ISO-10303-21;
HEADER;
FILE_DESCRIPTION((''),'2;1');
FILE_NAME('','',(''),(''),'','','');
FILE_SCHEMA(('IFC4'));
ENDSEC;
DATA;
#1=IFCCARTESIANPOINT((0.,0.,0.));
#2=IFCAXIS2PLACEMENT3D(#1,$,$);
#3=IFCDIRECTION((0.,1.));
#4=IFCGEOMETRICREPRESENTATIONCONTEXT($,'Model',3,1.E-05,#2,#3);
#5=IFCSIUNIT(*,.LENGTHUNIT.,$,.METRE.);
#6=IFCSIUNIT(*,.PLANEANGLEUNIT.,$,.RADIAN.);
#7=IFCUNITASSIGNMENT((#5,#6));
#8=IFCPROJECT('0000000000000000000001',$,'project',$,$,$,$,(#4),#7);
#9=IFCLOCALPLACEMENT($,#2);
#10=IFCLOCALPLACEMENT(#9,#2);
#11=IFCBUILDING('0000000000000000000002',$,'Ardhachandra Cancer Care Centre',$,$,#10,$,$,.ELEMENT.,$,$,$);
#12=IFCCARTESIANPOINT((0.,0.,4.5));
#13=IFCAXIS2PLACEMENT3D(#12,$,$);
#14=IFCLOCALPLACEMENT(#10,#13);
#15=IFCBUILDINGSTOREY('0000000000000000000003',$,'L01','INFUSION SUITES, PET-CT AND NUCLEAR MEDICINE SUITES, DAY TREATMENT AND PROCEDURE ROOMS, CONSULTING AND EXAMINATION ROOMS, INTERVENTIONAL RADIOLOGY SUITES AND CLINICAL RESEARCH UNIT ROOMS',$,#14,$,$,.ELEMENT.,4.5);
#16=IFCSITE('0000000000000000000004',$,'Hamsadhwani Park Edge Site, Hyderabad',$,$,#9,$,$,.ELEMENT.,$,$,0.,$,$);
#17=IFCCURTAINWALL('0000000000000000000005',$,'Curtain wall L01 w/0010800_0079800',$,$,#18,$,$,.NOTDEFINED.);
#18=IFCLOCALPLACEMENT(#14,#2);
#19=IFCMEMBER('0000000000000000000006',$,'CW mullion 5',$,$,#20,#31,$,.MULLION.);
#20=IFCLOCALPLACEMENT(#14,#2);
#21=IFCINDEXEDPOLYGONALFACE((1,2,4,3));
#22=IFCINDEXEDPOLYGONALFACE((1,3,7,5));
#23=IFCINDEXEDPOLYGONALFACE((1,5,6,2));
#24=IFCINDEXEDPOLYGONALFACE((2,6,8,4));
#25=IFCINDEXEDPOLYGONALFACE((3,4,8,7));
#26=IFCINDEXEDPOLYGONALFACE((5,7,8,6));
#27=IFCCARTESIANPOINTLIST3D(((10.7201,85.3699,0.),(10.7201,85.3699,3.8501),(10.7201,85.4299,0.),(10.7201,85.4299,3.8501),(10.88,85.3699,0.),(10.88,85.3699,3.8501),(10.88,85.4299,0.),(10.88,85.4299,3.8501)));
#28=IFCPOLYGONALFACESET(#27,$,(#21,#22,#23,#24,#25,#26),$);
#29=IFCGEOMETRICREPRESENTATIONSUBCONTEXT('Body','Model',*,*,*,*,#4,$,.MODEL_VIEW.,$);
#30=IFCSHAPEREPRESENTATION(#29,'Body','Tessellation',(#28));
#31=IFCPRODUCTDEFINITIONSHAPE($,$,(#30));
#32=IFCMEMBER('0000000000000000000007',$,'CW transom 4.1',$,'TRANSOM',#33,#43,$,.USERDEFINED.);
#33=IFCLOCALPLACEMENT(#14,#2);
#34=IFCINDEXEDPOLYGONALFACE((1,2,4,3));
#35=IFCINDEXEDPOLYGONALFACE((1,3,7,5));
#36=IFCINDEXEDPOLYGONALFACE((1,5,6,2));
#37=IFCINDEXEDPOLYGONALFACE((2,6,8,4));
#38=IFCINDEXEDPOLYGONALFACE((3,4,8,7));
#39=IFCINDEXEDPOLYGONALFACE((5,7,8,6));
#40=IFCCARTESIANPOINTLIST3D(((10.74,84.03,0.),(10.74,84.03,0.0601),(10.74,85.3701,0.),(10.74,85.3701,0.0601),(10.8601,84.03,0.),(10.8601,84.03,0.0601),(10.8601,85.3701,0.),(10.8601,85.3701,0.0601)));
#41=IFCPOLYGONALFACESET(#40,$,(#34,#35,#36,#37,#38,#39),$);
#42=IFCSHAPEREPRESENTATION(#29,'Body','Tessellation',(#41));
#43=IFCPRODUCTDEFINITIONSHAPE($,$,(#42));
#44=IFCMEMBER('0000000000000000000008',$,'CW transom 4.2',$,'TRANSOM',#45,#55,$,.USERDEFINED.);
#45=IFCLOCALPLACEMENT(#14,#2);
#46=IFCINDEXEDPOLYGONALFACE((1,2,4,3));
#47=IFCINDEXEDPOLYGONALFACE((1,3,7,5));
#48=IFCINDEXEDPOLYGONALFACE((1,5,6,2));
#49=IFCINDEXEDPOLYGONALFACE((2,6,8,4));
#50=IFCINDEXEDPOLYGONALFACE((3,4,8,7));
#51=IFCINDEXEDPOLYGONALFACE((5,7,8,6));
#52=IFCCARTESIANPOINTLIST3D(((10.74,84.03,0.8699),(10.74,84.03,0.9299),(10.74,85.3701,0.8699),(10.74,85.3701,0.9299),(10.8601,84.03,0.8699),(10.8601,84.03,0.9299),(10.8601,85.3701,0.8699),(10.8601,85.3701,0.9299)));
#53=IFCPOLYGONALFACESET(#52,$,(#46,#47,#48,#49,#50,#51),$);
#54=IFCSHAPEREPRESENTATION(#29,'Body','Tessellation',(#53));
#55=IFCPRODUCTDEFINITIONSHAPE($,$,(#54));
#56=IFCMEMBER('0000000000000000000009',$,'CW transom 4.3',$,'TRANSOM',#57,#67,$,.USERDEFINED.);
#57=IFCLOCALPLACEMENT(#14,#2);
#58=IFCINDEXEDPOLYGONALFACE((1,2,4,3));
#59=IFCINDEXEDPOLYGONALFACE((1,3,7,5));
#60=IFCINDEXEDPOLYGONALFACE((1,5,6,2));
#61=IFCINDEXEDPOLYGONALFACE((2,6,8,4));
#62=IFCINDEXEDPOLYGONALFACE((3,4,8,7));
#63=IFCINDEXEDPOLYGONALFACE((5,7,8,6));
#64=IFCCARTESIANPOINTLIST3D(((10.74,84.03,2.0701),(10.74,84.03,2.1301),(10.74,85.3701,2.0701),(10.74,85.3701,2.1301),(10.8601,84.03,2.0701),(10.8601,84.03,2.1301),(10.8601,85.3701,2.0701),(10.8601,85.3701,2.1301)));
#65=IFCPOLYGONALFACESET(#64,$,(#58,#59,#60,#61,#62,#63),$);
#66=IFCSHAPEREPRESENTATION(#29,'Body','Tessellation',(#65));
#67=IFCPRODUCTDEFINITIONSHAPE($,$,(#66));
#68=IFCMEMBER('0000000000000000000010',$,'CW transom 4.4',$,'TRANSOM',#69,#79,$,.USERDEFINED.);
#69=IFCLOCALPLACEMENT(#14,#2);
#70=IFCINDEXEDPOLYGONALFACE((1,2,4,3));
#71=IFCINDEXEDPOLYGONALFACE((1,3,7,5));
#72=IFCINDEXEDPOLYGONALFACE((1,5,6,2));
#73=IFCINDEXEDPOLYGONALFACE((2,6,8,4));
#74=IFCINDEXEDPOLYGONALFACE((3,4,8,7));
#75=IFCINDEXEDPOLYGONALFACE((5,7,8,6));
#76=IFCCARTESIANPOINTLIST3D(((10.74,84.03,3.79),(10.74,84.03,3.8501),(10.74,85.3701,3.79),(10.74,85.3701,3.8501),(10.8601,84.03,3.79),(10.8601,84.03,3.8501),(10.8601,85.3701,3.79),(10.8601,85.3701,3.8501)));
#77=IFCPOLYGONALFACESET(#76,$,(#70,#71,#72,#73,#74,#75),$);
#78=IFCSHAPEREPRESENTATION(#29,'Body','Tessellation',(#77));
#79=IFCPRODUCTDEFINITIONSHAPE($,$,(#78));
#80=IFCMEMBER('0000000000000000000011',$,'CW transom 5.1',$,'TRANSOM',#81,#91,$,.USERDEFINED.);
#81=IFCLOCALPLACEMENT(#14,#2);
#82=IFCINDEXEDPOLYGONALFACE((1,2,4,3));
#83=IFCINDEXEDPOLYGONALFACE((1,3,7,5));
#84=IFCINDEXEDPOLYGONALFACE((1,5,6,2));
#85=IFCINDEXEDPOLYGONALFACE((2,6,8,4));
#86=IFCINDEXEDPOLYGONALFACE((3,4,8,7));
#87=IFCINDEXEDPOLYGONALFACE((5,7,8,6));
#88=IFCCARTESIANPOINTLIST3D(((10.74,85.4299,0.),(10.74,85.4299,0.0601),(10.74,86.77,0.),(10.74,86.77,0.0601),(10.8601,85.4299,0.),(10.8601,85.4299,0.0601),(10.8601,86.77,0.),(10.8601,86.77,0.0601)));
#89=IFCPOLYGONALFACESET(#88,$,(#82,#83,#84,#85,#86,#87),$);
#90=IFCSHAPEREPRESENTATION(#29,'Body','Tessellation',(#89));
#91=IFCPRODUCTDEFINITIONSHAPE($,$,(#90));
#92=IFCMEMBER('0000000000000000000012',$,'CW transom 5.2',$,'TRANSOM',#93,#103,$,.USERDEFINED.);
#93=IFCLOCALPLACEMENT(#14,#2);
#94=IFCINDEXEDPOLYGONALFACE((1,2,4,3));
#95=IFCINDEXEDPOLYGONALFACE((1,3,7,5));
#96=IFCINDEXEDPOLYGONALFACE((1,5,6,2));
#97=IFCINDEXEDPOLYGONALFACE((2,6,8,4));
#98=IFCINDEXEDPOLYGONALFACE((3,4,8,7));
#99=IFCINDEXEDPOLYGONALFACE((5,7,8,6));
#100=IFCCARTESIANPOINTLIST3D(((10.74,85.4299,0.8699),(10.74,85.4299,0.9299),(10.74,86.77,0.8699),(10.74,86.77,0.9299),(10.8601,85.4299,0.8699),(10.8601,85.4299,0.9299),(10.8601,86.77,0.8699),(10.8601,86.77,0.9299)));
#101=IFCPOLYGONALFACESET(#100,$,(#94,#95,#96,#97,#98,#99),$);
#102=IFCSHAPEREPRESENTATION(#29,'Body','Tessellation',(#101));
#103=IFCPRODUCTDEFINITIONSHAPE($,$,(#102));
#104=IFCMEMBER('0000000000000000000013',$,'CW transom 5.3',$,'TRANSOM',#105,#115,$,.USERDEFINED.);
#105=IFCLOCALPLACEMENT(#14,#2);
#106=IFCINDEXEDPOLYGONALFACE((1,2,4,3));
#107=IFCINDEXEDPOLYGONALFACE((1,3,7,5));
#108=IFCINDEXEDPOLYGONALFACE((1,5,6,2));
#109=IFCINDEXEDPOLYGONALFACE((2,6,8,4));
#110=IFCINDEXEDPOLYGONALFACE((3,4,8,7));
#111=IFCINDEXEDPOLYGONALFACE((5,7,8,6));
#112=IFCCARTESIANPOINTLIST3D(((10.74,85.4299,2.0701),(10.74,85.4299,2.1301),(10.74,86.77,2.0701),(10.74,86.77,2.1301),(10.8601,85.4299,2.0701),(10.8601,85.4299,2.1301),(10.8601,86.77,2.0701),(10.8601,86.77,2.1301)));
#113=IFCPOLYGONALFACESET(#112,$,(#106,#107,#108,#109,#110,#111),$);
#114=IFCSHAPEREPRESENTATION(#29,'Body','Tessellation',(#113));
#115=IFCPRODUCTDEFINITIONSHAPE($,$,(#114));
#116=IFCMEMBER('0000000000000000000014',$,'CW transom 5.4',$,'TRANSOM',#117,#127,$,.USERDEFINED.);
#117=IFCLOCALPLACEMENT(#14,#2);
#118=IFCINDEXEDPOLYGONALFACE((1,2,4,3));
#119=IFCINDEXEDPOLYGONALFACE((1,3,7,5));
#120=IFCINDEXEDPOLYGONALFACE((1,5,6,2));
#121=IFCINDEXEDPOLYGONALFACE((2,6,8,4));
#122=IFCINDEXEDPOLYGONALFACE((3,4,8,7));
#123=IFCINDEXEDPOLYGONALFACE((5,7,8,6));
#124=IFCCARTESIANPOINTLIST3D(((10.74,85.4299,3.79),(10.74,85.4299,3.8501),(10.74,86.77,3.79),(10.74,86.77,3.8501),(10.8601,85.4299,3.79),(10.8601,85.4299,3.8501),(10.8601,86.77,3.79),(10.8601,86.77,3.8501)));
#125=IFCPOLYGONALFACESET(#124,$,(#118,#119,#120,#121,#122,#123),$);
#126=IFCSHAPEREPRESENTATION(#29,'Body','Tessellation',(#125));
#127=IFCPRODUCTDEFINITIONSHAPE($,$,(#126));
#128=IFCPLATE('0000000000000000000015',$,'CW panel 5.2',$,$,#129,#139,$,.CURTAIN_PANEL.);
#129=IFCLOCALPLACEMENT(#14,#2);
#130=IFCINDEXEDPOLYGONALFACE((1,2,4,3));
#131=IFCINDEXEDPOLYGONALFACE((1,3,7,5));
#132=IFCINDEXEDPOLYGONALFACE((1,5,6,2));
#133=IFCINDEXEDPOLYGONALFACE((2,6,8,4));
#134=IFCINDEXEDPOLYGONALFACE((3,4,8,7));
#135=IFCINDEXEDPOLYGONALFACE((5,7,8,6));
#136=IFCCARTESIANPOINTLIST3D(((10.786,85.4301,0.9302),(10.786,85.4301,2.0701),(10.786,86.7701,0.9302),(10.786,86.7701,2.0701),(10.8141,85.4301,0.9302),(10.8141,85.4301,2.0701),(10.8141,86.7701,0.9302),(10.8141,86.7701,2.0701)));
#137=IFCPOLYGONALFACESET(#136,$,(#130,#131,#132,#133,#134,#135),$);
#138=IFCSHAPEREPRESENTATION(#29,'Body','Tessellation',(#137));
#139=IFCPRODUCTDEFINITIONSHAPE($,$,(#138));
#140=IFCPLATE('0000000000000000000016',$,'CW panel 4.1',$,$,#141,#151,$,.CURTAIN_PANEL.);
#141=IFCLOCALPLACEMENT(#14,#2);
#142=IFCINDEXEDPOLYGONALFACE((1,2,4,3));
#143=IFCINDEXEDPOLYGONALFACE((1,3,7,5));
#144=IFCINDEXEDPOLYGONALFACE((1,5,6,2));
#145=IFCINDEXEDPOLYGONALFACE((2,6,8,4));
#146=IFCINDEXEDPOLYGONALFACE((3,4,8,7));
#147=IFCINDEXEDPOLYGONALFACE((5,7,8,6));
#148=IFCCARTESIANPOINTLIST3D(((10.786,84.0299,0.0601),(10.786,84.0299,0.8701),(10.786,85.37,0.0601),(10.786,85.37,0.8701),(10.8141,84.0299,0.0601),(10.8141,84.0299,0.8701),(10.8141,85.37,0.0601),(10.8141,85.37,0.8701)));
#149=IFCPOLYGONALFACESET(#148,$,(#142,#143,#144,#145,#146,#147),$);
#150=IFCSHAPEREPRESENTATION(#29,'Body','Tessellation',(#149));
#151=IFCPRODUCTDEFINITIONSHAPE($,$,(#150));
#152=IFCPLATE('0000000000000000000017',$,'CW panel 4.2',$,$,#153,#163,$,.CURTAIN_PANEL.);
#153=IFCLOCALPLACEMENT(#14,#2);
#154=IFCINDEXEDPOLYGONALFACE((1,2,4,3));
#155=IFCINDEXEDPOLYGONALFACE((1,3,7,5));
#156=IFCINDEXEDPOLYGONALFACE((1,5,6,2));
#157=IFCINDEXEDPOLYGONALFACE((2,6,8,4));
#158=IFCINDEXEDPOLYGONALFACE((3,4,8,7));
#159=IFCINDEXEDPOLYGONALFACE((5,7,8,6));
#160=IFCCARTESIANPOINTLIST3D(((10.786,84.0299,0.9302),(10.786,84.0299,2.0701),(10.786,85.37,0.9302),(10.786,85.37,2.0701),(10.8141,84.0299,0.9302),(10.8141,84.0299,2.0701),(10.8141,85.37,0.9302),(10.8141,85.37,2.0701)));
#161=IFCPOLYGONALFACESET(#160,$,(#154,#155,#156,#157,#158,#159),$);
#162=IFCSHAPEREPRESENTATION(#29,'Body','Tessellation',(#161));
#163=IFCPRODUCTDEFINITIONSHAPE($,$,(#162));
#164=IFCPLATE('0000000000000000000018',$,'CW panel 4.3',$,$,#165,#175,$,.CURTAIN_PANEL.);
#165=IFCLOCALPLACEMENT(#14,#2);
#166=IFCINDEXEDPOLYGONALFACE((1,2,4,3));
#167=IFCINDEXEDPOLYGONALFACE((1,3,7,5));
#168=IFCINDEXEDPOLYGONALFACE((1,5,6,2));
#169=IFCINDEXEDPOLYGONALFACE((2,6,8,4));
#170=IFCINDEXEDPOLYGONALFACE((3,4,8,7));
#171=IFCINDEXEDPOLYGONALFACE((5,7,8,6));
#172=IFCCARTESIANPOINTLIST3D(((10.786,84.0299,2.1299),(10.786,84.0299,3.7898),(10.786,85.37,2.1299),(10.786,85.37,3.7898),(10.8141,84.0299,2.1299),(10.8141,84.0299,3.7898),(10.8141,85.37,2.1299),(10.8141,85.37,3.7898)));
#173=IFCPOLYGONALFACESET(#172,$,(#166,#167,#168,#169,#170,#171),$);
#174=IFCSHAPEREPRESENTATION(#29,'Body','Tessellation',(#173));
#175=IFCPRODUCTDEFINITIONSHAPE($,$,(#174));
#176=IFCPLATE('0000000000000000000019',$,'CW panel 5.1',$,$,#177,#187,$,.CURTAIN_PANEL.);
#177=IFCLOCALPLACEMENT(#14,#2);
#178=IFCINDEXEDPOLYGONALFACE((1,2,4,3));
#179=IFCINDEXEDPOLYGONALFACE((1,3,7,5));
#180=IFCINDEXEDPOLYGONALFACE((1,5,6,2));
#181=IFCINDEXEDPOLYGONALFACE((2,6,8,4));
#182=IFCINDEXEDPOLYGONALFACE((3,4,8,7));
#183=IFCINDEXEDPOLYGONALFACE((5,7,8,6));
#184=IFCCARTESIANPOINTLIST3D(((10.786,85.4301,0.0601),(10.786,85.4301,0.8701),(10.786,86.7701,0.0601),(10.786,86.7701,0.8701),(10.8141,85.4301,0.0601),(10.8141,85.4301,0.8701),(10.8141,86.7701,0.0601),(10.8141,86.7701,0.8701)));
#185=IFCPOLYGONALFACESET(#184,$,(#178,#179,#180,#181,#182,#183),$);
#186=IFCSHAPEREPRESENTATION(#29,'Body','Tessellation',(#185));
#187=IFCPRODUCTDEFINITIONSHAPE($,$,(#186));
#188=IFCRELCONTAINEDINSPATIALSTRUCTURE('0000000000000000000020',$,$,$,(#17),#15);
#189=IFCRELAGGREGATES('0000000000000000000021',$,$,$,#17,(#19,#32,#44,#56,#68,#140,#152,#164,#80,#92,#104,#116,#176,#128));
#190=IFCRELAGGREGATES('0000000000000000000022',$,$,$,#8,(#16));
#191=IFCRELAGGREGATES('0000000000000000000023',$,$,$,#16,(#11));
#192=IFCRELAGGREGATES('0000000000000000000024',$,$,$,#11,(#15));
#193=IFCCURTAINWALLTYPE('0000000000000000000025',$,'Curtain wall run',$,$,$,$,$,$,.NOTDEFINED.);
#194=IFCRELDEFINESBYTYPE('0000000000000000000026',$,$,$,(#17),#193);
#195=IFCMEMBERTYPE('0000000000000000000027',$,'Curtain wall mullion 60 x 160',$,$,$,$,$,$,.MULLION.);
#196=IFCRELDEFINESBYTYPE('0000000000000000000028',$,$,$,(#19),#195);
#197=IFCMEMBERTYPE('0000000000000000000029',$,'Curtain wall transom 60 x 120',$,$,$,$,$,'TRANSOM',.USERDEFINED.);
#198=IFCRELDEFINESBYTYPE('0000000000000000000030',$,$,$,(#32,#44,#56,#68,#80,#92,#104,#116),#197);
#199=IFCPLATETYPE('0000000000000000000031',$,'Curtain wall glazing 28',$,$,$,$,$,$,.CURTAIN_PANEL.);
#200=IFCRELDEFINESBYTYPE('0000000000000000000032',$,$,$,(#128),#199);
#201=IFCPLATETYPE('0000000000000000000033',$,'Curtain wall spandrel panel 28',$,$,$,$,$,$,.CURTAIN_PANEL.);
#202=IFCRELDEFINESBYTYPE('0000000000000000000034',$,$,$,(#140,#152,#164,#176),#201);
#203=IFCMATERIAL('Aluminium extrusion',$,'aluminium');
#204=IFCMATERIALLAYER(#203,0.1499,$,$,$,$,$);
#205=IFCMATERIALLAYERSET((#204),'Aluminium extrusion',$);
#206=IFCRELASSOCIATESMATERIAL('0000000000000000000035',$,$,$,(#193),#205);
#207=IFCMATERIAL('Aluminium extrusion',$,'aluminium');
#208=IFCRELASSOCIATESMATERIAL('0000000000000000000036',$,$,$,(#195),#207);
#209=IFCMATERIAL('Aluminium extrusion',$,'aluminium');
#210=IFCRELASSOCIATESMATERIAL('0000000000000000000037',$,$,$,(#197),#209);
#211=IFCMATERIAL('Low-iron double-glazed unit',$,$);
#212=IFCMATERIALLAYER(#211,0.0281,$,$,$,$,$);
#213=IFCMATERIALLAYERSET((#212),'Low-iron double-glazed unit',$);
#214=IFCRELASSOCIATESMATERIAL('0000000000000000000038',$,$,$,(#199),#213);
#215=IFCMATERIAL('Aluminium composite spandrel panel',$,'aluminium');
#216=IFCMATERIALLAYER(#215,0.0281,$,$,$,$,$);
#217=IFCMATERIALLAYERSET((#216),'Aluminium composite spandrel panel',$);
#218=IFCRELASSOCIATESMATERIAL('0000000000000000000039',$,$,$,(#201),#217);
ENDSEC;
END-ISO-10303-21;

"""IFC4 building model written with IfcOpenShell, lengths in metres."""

from ifc_helpers import new_model, si_unit, direction, frame, origin, origin_2d, place, context, subcontext, project, spatial, rectangle, extrude, material, layer, layer_set, material_profile, profile_set, type_object, element, aggregate, save


model = new_model("IFC4")

# Units and contexts
model_context = context("Model", 3, precision=1e-05, world=origin(), true_north=direction((0.0, 1.0)))
body_context = subcontext(model_context, "Body", "Model", "MODEL_VIEW")
ifc_project = project(units=[si_unit("LENGTHUNIT", "METRE"), si_unit("PLANEANGLEUNIT", "RADIAN")], contexts=[model_context])

# Site, building, storey
site_placement = place(None, origin())
site = spatial("IfcSite", under=ifc_project, at=site_placement, Name="Hamsadhwani Park Edge Site, Hyderabad", CompositionType="ELEMENT", RefElevation=0.0)
building_placement = place(site_placement, origin())
building = spatial("IfcBuilding", under=site, at=building_placement, Name="Ardhachandra Cancer Care Centre", CompositionType="ELEMENT")
storey_placement = place(building_placement, frame((0.0, 0.0, 4.5)))
storey = spatial("IfcBuildingStorey", under=building, at=storey_placement, Name="L01", Description="INFUSION SUITES, PET-CT AND NUCLEAR MEDICINE SUITES, DAY TREATMENT AND PROCEDURE ROOMS, CONSULTING AND EXAMINATION ROOMS, INTERVENTIONAL RADIOLOGY SUITES AND CLINICAL RESEARCH UNIT ROOMS", CompositionType="ELEMENT", Elevation=4.5)

# Curtain wall, members, plates
ifc_material_1 = material(Name="Aluminium extrusion", Category="aluminium")
ifc_layer_1 = layer(ifc_material_1, 0.1499)
ifc_layer_set_1 = layer_set([ifc_layer_1], Name="Aluminium extrusion")
curtain_wall_type = type_object("IfcCurtainWallType", Name="Curtain wall run", PredefinedType="NOTDEFINED", material=ifc_layer_set_1)
curtain_wall_placement = place(storey_placement, origin())
curtain_wall = element("IfcCurtainWall", 1, at=curtain_wall_placement, inside=storey, type_object=curtain_wall_type, Name="Curtain wall L01 w/0010800_0079800", PredefinedType="NOTDEFINED")
ifc_material_2 = material(Name="Aluminium extrusion", Category="aluminium")
ifc_material_profile_1 = material_profile(ifc_material_2, rectangle(XDim=0.1599, YDim=0.0601, at=origin_2d()), Name="Curtain wall mullion 60 x 160")
ifc_profile_set_1 = profile_set([ifc_material_profile_1], Name="Aluminium extrusion")
member_type_1 = type_object("IfcMemberType", Name="Curtain wall mullion 60 x 160", PredefinedType="MULLION", material=ifc_profile_set_1)
member_1_placement = place(storey_placement, frame((10.8, 85.3999, 0.0), z_axis=(0.0, 0.0, 1.0), x_axis=(-1.0, 0.0, 0.0)))
member_1 = element("IfcMember", 2, at=member_1_placement, type_object=member_type_1, Name="CW mullion 5", PredefinedType="MULLION", context=body_context, shape_type="SweptSolid", body=[
    extrude(rectangle(XDim=0.1599, YDim=0.0601, at=origin_2d()), origin(), (0.0, 0.0, 1.0), 3.8501),
])
ifc_material_3 = material(Name="Aluminium extrusion", Category="aluminium")
ifc_material_profile_2 = material_profile(ifc_material_3, rectangle(XDim=0.1201, YDim=0.0601, at=origin_2d()), Name="Curtain wall transom 60 x 120")
ifc_profile_set_2 = profile_set([ifc_material_profile_2], Name="Aluminium extrusion")
member_type_2 = type_object("IfcMemberType", Name="Curtain wall transom 60 x 120", ElementType="TRANSOM", PredefinedType="USERDEFINED", material=ifc_profile_set_2)
member_2_placement = place(storey_placement, frame((10.8, 84.03, 0.03), z_axis=(0.0, 1.0, 0.0), x_axis=(-1.0, 0.0, 0.0)))
member_2 = element("IfcMember", 3, at=member_2_placement, type_object=member_type_2, Name="CW transom 4.1", ObjectType="TRANSOM", PredefinedType="USERDEFINED", context=body_context, shape_type="SweptSolid", body=[
    extrude(rectangle(XDim=0.1201, YDim=0.0601, at=origin_2d()), origin(), (0.0, 0.0, 1.0), 1.3401),
])
member_3_placement = place(storey_placement, frame((10.8, 84.03, 0.8999), z_axis=(0.0, 1.0, 0.0), x_axis=(-1.0, 0.0, 0.0)))
member_3 = element("IfcMember", 4, at=member_3_placement, type_object=member_type_2, Name="CW transom 4.2", ObjectType="TRANSOM", PredefinedType="USERDEFINED", context=body_context, shape_type="SweptSolid", body=[
    extrude(rectangle(XDim=0.1201, YDim=0.0601, at=origin_2d()), origin(), (0.0, 0.0, 1.0), 1.3401),
])
member_4_placement = place(storey_placement, frame((10.8, 84.03, 2.1001), z_axis=(0.0, 1.0, 0.0), x_axis=(-1.0, 0.0, 0.0)))
member_4 = element("IfcMember", 5, at=member_4_placement, type_object=member_type_2, Name="CW transom 4.3", ObjectType="TRANSOM", PredefinedType="USERDEFINED", context=body_context, shape_type="SweptSolid", body=[
    extrude(rectangle(XDim=0.1201, YDim=0.0601, at=origin_2d()), origin(), (0.0, 0.0, 1.0), 1.3401),
])
member_5_placement = place(storey_placement, frame((10.8, 84.03, 3.8201), z_axis=(0.0, 1.0, 0.0), x_axis=(-1.0, 0.0, 0.0)))
member_5 = element("IfcMember", 6, at=member_5_placement, type_object=member_type_2, Name="CW transom 4.4", ObjectType="TRANSOM", PredefinedType="USERDEFINED", context=body_context, shape_type="SweptSolid", body=[
    extrude(rectangle(XDim=0.1201, YDim=0.0601, at=origin_2d()), origin(), (0.0, 0.0, 1.0), 1.3401),
])
member_6_placement = place(storey_placement, frame((10.8, 85.4299, 0.03), z_axis=(0.0, 1.0, 0.0), x_axis=(-1.0, 0.0, 0.0)))
member_6 = element("IfcMember", 7, at=member_6_placement, type_object=member_type_2, Name="CW transom 5.1", ObjectType="TRANSOM", PredefinedType="USERDEFINED", context=body_context, shape_type="SweptSolid", body=[
    extrude(rectangle(XDim=0.1201, YDim=0.0601, at=origin_2d()), origin(), (0.0, 0.0, 1.0), 1.3401),
])
member_7_placement = place(storey_placement, frame((10.8, 85.4299, 0.8999), z_axis=(0.0, 1.0, 0.0), x_axis=(-1.0, 0.0, 0.0)))
member_7 = element("IfcMember", 8, at=member_7_placement, type_object=member_type_2, Name="CW transom 5.2", ObjectType="TRANSOM", PredefinedType="USERDEFINED", context=body_context, shape_type="SweptSolid", body=[
    extrude(rectangle(XDim=0.1201, YDim=0.0601, at=origin_2d()), origin(), (0.0, 0.0, 1.0), 1.3401),
])
member_8_placement = place(storey_placement, frame((10.8, 85.4299, 2.1001), z_axis=(0.0, 1.0, 0.0), x_axis=(-1.0, 0.0, 0.0)))
member_8 = element("IfcMember", 9, at=member_8_placement, type_object=member_type_2, Name="CW transom 5.3", ObjectType="TRANSOM", PredefinedType="USERDEFINED", context=body_context, shape_type="SweptSolid", body=[
    extrude(rectangle(XDim=0.1201, YDim=0.0601, at=origin_2d()), origin(), (0.0, 0.0, 1.0), 1.3401),
])
member_9_placement = place(storey_placement, frame((10.8, 85.4299, 3.8201), z_axis=(0.0, 1.0, 0.0), x_axis=(-1.0, 0.0, 0.0)))
member_9 = element("IfcMember", 10, at=member_9_placement, type_object=member_type_2, Name="CW transom 5.4", ObjectType="TRANSOM", PredefinedType="USERDEFINED", context=body_context, shape_type="SweptSolid", body=[
    extrude(rectangle(XDim=0.1201, YDim=0.0601, at=origin_2d()), origin(), (0.0, 0.0, 1.0), 1.3401),
])
ifc_material_4 = material(Name="Low-iron double-glazed unit")
ifc_layer_2 = layer(ifc_material_4, 0.0281)
ifc_layer_set_2 = layer_set([ifc_layer_2], Name="Low-iron double-glazed unit")
plate_type_1 = type_object("IfcPlateType", Name="Curtain wall glazing 28", PredefinedType="CURTAIN_PANEL", material=ifc_layer_set_2)
plate_1_placement = place(storey_placement, frame((10.8, 86.1001, 0.9302), z_axis=(0.0, 0.0, 1.0), x_axis=(0.0, 1.0, 0.0)))
plate_1 = element("IfcPlate", 11, at=plate_1_placement, type_object=plate_type_1, Name="CW panel 5.2", PredefinedType="CURTAIN_PANEL", context=body_context, shape_type="SweptSolid", body=[
    extrude(rectangle(XDim=1.3401, YDim=0.0281, at=origin_2d()), origin(), (0.0, 0.0, 1.0), 1.1399),
])
ifc_material_5 = material(Name="Aluminium composite spandrel panel", Category="aluminium")
ifc_layer_3 = layer(ifc_material_5, 0.0281)
ifc_layer_set_3 = layer_set([ifc_layer_3], Name="Aluminium composite spandrel panel")
plate_type_2 = type_object("IfcPlateType", Name="Curtain wall spandrel panel 28", PredefinedType="CURTAIN_PANEL", material=ifc_layer_set_3)
plate_2_placement = place(storey_placement, frame((10.8, 84.7, 0.0601), z_axis=(0.0, 0.0, 1.0), x_axis=(0.0, 1.0, 0.0)))
plate_2 = element("IfcPlate", 12, at=plate_2_placement, type_object=plate_type_2, Name="CW panel 4.1", PredefinedType="CURTAIN_PANEL", context=body_context, shape_type="SweptSolid", body=[
    extrude(rectangle(XDim=1.3401, YDim=0.0281, at=origin_2d()), origin(), (0.0, 0.0, 1.0), 0.8101),
])
plate_3_placement = place(storey_placement, frame((10.8, 84.7, 0.9302), z_axis=(0.0, 0.0, 1.0), x_axis=(0.0, 1.0, 0.0)))
plate_3 = element("IfcPlate", 13, at=plate_3_placement, type_object=plate_type_2, Name="CW panel 4.2", PredefinedType="CURTAIN_PANEL", context=body_context, shape_type="SweptSolid", body=[
    extrude(rectangle(XDim=1.3401, YDim=0.0281, at=origin_2d()), origin(), (0.0, 0.0, 1.0), 1.1399),
])
plate_4_placement = place(storey_placement, frame((10.8, 84.7, 2.1299), z_axis=(0.0, 0.0, 1.0), x_axis=(0.0, 1.0, 0.0)))
plate_4 = element("IfcPlate", 14, at=plate_4_placement, type_object=plate_type_2, Name="CW panel 4.3", PredefinedType="CURTAIN_PANEL", context=body_context, shape_type="SweptSolid", body=[
    extrude(rectangle(XDim=1.3401, YDim=0.0281, at=origin_2d()), origin(), (0.0, 0.0, 1.0), 1.6599),
])
plate_5_placement = place(storey_placement, frame((10.8, 86.1001, 0.0601), z_axis=(0.0, 0.0, 1.0), x_axis=(0.0, 1.0, 0.0)))
plate_5 = element("IfcPlate", 15, at=plate_5_placement, type_object=plate_type_2, Name="CW panel 5.1", PredefinedType="CURTAIN_PANEL", context=body_context, shape_type="SweptSolid", body=[
    extrude(rectangle(XDim=1.3401, YDim=0.0281, at=origin_2d()), origin(), (0.0, 0.0, 1.0), 0.8101),
])
aggregate(curtain_wall, [member_1, member_2, member_3, member_4, member_5, plate_2, plate_3, plate_4, member_6, member_7, member_8, member_9, plate_5, plate_1])

save(model, "model.ifc")
